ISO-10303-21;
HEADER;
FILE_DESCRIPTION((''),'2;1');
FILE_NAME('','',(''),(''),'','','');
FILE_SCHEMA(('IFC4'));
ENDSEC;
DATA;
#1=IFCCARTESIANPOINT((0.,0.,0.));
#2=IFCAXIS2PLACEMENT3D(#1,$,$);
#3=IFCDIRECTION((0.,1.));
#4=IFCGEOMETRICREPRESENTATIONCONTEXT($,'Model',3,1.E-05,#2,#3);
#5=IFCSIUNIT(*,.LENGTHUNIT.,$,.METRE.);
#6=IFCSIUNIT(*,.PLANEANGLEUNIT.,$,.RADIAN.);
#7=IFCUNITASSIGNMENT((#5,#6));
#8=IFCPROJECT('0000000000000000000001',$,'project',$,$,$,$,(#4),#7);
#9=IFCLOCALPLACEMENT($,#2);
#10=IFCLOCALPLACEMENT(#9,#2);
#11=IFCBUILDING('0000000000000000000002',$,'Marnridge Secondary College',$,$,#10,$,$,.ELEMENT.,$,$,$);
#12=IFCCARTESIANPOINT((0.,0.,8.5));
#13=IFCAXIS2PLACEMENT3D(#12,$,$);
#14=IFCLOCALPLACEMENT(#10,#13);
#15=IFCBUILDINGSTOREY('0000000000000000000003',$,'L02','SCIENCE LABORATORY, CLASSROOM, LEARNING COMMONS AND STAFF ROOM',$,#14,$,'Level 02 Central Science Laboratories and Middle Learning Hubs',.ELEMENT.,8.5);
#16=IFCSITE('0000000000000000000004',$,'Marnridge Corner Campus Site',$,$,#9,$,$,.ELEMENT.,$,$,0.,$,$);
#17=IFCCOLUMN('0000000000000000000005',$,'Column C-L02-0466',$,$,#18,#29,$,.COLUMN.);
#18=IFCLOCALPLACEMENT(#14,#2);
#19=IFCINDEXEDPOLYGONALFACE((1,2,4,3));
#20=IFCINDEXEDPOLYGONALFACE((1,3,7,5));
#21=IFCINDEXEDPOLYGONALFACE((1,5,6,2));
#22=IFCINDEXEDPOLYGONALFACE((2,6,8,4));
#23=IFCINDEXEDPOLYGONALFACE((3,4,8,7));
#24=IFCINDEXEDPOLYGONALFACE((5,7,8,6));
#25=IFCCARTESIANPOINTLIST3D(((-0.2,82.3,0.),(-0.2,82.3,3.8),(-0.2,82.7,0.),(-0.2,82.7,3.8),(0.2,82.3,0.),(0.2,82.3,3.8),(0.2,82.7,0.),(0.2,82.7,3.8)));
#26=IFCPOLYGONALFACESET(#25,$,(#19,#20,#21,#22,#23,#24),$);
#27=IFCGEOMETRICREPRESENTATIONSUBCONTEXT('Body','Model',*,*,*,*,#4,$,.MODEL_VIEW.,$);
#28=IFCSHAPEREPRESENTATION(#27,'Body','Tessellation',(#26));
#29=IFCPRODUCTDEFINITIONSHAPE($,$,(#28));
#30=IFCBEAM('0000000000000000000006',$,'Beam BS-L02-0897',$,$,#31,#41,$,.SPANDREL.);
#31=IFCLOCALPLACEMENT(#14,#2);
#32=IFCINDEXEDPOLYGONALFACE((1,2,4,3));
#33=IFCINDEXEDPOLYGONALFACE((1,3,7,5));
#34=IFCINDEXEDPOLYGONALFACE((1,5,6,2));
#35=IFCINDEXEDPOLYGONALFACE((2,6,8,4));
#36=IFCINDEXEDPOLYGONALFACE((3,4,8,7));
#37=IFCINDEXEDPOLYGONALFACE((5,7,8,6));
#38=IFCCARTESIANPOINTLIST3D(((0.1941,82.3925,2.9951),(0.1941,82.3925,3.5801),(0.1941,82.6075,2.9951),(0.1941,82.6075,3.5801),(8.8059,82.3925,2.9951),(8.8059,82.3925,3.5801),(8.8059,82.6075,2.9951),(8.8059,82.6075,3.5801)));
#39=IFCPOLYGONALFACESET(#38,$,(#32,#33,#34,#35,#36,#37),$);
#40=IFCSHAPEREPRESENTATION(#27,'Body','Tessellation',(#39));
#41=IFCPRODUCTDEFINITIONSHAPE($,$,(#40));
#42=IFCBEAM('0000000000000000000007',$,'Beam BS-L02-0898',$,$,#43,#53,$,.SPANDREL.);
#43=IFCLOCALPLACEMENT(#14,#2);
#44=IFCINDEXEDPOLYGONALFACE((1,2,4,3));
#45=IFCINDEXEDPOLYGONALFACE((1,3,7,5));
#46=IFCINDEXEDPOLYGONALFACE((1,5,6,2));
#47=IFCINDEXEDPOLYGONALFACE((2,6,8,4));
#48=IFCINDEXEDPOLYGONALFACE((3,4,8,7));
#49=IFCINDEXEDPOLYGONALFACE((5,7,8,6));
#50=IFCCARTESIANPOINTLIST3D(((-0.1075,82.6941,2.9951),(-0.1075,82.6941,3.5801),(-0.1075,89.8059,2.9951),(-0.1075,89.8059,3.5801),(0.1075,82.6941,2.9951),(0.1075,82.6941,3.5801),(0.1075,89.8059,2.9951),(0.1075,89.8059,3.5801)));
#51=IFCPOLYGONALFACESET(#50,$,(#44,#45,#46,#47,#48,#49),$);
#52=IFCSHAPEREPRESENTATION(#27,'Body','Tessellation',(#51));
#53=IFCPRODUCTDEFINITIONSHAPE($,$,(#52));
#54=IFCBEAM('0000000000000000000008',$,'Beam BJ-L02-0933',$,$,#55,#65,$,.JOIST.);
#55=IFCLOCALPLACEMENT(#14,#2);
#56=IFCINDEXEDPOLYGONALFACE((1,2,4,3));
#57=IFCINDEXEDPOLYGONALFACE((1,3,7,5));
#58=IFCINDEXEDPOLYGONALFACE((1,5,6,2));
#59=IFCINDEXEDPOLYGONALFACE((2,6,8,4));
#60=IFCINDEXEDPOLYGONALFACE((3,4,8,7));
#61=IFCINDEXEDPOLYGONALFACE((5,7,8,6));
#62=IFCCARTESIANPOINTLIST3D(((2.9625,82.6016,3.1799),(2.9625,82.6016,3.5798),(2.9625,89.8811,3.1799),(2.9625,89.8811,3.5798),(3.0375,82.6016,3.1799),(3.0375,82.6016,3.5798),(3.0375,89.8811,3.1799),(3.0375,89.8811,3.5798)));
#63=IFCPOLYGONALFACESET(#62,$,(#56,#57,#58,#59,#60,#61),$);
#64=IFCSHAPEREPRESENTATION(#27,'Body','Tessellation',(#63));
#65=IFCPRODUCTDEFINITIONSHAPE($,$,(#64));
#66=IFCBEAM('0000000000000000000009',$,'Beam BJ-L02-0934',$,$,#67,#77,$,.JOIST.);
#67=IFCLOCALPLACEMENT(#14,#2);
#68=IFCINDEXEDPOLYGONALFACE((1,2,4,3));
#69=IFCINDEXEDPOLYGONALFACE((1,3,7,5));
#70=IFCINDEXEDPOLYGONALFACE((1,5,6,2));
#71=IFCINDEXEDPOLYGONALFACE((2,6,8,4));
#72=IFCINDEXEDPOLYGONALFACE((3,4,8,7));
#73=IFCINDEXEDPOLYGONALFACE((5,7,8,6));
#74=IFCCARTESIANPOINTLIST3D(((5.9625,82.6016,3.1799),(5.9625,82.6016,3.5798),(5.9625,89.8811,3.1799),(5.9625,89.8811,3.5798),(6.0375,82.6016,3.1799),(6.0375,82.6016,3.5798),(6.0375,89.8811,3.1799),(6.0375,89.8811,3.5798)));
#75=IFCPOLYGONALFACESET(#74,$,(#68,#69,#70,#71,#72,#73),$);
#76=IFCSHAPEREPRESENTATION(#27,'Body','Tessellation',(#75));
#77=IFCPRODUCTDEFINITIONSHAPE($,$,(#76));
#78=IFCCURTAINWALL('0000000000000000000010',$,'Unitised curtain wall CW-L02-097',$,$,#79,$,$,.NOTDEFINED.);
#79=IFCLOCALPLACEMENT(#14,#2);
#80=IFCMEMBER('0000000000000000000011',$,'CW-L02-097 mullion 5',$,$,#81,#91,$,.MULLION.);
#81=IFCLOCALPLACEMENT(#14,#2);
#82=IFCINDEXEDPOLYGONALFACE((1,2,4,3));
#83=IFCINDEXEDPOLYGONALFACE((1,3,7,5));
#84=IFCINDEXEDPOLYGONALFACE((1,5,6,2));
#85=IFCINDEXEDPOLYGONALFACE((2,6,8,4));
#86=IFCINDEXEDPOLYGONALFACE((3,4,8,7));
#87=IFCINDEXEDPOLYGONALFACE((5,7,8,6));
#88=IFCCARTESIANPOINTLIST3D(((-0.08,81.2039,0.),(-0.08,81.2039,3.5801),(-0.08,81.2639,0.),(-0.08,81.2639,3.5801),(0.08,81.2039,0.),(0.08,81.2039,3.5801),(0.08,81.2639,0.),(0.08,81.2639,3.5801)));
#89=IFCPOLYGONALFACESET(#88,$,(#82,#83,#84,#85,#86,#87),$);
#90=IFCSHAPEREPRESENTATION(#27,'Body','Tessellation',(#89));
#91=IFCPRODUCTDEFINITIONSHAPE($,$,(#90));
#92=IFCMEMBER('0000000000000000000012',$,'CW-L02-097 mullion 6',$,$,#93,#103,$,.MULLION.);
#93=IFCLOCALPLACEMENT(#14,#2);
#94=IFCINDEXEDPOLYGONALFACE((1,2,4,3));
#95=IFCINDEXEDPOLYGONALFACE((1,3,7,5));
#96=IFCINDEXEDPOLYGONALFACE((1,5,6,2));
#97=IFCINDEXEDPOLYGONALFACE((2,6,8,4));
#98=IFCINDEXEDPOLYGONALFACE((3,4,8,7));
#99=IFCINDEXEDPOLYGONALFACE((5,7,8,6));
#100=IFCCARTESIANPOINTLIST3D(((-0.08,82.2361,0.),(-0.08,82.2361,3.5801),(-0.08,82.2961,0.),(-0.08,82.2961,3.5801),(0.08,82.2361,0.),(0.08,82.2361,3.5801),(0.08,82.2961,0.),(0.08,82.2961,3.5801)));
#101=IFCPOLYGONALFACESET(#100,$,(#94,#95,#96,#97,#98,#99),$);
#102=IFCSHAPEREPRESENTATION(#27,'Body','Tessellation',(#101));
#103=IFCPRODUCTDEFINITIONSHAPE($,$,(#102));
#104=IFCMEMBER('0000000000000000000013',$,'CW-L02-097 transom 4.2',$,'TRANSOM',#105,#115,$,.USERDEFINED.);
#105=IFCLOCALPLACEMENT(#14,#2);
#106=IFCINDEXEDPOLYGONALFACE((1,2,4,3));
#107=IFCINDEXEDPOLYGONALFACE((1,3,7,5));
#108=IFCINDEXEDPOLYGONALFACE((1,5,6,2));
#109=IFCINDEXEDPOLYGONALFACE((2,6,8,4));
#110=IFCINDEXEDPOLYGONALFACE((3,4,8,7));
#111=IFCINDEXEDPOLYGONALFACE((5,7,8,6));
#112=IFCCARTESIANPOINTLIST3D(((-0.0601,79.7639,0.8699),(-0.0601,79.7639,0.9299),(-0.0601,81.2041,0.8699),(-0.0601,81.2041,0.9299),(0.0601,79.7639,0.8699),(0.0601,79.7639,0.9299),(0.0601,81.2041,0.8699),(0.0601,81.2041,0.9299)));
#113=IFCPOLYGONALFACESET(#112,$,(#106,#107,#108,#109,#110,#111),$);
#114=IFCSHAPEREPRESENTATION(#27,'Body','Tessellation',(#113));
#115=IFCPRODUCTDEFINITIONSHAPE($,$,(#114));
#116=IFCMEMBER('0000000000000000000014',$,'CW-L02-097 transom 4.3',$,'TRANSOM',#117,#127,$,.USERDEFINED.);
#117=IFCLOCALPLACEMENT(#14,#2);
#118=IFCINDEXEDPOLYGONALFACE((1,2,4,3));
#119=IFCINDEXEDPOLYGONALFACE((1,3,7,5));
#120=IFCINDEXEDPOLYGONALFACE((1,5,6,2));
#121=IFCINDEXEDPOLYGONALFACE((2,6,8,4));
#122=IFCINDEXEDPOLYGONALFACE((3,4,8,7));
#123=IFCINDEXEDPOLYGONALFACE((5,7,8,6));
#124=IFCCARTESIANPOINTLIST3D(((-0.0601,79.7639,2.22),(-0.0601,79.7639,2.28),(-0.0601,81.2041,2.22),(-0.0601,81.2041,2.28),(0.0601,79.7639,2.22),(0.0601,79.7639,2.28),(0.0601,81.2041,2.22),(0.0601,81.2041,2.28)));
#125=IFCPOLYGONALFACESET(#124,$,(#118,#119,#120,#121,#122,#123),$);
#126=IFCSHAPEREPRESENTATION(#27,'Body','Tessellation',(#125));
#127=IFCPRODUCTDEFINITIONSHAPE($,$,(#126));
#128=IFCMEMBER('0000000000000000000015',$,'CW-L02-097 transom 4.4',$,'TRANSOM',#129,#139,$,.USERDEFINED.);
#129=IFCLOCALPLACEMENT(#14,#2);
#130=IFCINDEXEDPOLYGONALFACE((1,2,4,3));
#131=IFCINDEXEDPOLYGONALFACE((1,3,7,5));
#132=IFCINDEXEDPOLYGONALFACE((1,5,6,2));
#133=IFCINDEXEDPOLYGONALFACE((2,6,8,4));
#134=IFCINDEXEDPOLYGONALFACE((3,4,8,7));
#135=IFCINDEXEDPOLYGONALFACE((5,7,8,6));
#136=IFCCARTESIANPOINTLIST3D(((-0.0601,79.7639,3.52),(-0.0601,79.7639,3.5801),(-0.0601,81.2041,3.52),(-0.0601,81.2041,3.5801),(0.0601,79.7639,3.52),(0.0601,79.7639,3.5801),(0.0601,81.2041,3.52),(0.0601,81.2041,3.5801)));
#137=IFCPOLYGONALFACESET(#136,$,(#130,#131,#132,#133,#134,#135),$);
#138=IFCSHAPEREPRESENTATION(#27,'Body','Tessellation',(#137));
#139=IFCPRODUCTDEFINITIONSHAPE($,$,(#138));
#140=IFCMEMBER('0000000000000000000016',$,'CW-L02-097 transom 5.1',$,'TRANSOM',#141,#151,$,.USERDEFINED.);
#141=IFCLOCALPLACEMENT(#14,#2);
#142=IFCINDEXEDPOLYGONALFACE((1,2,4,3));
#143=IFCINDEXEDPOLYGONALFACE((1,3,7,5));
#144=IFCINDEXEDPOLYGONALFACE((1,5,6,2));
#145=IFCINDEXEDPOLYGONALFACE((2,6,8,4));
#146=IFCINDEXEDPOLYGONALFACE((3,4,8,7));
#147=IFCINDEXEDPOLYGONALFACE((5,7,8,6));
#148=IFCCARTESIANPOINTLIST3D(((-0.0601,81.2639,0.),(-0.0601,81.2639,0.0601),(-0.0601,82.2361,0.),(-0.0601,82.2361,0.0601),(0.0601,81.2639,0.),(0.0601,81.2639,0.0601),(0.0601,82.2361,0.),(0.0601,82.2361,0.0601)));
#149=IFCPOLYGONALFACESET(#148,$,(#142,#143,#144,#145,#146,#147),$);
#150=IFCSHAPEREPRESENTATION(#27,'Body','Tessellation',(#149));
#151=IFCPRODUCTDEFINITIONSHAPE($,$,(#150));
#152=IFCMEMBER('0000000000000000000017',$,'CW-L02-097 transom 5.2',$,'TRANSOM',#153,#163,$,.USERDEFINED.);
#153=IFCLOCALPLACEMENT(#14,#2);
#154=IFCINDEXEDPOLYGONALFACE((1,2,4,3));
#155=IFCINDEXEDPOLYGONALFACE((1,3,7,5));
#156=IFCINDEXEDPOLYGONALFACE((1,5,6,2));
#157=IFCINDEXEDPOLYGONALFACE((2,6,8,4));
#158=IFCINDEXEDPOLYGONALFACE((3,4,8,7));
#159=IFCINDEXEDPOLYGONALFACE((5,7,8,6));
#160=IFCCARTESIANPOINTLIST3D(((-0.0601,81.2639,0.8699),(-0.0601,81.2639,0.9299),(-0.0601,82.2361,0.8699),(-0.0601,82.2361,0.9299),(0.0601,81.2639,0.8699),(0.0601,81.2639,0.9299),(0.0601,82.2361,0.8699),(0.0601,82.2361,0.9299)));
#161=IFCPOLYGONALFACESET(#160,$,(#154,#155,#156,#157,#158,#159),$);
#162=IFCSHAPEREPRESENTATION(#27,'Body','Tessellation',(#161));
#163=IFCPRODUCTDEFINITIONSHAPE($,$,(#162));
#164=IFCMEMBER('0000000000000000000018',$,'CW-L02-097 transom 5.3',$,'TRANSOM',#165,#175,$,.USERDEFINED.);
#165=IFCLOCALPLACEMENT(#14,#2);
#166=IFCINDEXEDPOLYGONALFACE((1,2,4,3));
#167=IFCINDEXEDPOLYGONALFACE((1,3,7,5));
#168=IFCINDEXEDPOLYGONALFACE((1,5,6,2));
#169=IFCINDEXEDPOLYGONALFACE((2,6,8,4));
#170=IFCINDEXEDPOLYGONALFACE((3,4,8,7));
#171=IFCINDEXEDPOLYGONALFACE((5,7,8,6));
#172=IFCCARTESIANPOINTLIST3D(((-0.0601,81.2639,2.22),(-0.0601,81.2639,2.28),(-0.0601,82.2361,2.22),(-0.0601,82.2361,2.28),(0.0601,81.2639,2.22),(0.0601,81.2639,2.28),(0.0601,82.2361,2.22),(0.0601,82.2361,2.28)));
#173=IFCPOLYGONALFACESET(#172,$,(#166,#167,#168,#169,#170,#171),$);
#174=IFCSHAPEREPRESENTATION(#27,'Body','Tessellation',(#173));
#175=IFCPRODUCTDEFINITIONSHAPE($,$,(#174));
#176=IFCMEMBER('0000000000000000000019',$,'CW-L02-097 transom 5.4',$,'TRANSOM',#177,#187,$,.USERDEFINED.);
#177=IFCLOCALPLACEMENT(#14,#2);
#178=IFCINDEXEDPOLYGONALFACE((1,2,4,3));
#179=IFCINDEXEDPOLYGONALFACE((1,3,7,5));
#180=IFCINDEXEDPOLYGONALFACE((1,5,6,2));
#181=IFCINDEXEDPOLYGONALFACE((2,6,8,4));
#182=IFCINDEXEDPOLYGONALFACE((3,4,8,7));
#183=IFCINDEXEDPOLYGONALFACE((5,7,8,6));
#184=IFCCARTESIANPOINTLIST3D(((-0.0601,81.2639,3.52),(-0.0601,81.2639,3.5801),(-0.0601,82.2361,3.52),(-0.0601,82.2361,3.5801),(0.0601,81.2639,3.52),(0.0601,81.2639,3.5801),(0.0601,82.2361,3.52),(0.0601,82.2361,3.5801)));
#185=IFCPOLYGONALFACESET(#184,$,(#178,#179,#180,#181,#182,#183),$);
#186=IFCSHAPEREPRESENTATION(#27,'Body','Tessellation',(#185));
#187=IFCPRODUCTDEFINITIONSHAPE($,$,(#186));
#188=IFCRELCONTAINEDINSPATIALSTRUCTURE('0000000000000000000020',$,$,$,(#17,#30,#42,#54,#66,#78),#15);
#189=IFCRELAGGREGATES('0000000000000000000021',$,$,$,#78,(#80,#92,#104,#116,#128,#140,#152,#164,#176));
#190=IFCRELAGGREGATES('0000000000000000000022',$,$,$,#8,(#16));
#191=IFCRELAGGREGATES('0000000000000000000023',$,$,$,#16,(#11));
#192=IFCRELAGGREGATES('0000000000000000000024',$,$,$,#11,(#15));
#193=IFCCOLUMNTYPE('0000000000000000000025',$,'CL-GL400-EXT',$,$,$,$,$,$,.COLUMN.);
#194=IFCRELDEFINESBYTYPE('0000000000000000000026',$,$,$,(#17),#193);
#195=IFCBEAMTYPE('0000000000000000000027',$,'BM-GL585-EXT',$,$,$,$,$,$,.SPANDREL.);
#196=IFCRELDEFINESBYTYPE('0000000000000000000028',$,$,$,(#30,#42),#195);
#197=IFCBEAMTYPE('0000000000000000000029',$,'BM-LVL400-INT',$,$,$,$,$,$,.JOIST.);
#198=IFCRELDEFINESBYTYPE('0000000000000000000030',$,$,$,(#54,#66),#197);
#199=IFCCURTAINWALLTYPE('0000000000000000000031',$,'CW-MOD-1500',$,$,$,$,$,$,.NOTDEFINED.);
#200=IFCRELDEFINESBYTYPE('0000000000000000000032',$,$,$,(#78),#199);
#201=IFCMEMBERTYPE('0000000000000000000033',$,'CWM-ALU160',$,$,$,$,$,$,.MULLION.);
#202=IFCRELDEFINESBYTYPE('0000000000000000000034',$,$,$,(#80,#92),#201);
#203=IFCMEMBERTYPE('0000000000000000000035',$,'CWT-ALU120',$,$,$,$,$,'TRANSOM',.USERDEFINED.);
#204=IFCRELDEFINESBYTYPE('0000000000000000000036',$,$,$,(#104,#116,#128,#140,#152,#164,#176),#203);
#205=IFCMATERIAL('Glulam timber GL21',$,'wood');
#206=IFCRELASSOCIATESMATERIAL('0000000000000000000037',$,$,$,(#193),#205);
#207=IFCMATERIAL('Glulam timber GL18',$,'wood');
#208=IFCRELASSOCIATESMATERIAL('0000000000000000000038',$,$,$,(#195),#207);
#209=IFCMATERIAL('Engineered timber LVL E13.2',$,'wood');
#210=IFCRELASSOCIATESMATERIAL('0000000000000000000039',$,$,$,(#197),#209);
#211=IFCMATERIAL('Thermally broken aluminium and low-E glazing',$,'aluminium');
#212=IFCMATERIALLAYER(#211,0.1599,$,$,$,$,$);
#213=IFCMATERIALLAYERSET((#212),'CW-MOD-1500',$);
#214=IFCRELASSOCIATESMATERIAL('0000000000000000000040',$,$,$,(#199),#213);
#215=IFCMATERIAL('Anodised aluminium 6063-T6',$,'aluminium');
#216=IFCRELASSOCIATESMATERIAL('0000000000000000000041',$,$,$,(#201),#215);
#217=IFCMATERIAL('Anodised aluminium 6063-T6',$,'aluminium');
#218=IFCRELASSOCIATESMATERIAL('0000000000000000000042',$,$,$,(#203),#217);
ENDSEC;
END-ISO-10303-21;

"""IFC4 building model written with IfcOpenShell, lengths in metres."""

from ifc_helpers import new_model, si_unit, direction, frame, origin, origin_2d, place, context, subcontext, project, spatial, rectangle, extrude, material, layer, layer_set, material_profile, profile_set, type_object, element, aggregate, save


model = new_model("IFC4")

# Units and contexts
model_context = context("Model", 3, precision=1e-05, world=origin(), true_north=direction((0.0, 1.0)))
body_context = subcontext(model_context, "Body", "Model", "MODEL_VIEW")
ifc_project = project(units=[si_unit("LENGTHUNIT", "METRE"), si_unit("PLANEANGLEUNIT", "RADIAN")], contexts=[model_context])

# Site, building, storey
site_placement = place(None, origin())
site = spatial("IfcSite", under=ifc_project, at=site_placement, Name="Marnridge Corner Campus Site", CompositionType="ELEMENT", RefElevation=0.0)
building_placement = place(site_placement, origin())
building = spatial("IfcBuilding", under=site, at=building_placement, Name="Marnridge Secondary College", CompositionType="ELEMENT")
storey_placement = place(building_placement, frame((0.0, 0.0, 8.5)))
storey = spatial("IfcBuildingStorey", under=building, at=storey_placement, Name="L02", Description="SCIENCE LABORATORY, CLASSROOM, LEARNING COMMONS AND STAFF ROOM", LongName="Level 02 Central Science Laboratories and Middle Learning Hubs", CompositionType="ELEMENT", Elevation=8.5)

# Column
ifc_material_1 = material(Name="Glulam timber GL21", Category="wood")
ifc_material_profile_1 = material_profile(ifc_material_1, rectangle(XDim=0.3999, YDim=0.3999, at=origin_2d()), Name="GL21 400x400")
ifc_profile_set_1 = profile_set([ifc_material_profile_1], Name="Glulam timber GL21")
column_type = type_object("IfcColumnType", Name="CL-GL400-EXT", PredefinedType="COLUMN", material=ifc_profile_set_1)
column_placement = place(storey_placement, frame((0.0, 82.5, 0.0), z_axis=(0.0, 0.0, 1.0), x_axis=(1.0, 0.0, 0.0)))
element("IfcColumn", 1, at=column_placement, inside=storey, type_object=column_type, Name="Column C-L02-0466", PredefinedType="COLUMN", context=body_context, shape_type="SweptSolid", body=[
    extrude(rectangle(XDim=0.3999, YDim=0.3999, at=origin_2d()), origin(), (0.0, 0.0, 1.0), 3.8),
])

# Beams
ifc_material_2 = material(Name="Glulam timber GL18", Category="wood")
ifc_material_profile_2 = material_profile(ifc_material_2, rectangle(XDim=0.2151, YDim=0.585, at=origin_2d()), Name="GL18 215x585")
ifc_profile_set_2 = profile_set([ifc_material_profile_2], Name="Glulam timber GL18")
beam_type_1 = type_object("IfcBeamType", Name="BM-GL585-EXT", PredefinedType="SPANDREL", material=ifc_profile_set_2)
beam_1_placement = place(storey_placement, frame((0.1941, 82.5, 3.2876), z_axis=(1.0, 0.0, 0.0), x_axis=(0.0, 1.0, 0.0)))
element("IfcBeam", 2, at=beam_1_placement, inside=storey, type_object=beam_type_1, Name="Beam BS-L02-0897", PredefinedType="SPANDREL", context=body_context, shape_type="SweptSolid", body=[
    extrude(rectangle(XDim=0.2151, YDim=0.585, at=origin_2d()), origin(), (0.0, 0.0, 1.0), 8.6118),
])
beam_2_placement = place(storey_placement, frame((0.0, 82.6941, 3.2876), z_axis=(0.0, 1.0, 0.0), x_axis=(-1.0, 0.0, 0.0)))
element("IfcBeam", 3, at=beam_2_placement, inside=storey, type_object=beam_type_1, Name="Beam BS-L02-0898", PredefinedType="SPANDREL", context=body_context, shape_type="SweptSolid", body=[
    extrude(rectangle(XDim=0.2151, YDim=0.585, at=origin_2d()), origin(), (0.0, 0.0, 1.0), 7.1118),
])
ifc_material_3 = material(Name="Engineered timber LVL E13.2", Category="wood")
ifc_material_profile_3 = material_profile(ifc_material_3, rectangle(XDim=0.075, YDim=0.3999, at=origin_2d()), Name="LVL 75x400")
ifc_profile_set_3 = profile_set([ifc_material_profile_3], Name="Engineered timber LVL E13.2")
beam_type_2 = type_object("IfcBeamType", Name="BM-LVL400-INT", PredefinedType="JOIST", material=ifc_profile_set_3)
for number, where, z_axis, x_axis, name in (
    (4, (3.0, 82.6016, 3.3799), (0.0, 1.0, 0.0), (-1.0, 0.0, 0.0), "Beam BJ-L02-0933"),
    (5, (6.0, 82.6016, 3.3799), (0.0, 1.0, 0.0), (-1.0, 0.0, 0.0), "Beam BJ-L02-0934"),
):
    element("IfcBeam", number, at=place(storey_placement, frame(where, z_axis=z_axis, x_axis=x_axis)), inside=storey, type_object=beam_type_2, Name=name, PredefinedType="JOIST", context=body_context, shape_type="SweptSolid", body=[
        extrude(rectangle(XDim=0.075, YDim=0.3999, at=origin_2d()), origin(), (0.0, 0.0, 1.0), 7.2795),
    ])

# Curtain wall, members
ifc_material_4 = material(Name="Thermally broken aluminium and low-E glazing", Category="aluminium")
ifc_layer_1 = layer(ifc_material_4, 0.1599)
ifc_layer_set_1 = layer_set([ifc_layer_1], Name="CW-MOD-1500")
curtain_wall_type = type_object("IfcCurtainWallType", Name="CW-MOD-1500", PredefinedType="NOTDEFINED", material=ifc_layer_set_1)
curtain_wall_placement = place(storey_placement, origin())
curtain_wall = element("IfcCurtainWall", 6, at=curtain_wall_placement, inside=storey, type_object=curtain_wall_type, Name="Unitised curtain wall CW-L02-097", PredefinedType="NOTDEFINED")
ifc_material_5 = material(Name="Anodised aluminium 6063-T6", Category="aluminium")
ifc_material_profile_4 = material_profile(ifc_material_5, rectangle(XDim=0.0601, YDim=0.1599, at=origin_2d()), Name="ALU 60x160")
ifc_profile_set_4 = profile_set([ifc_material_profile_4], Name="Anodised aluminium 6063-T6")
member_type_1 = type_object("IfcMemberType", Name="CWM-ALU160", PredefinedType="MULLION", material=ifc_profile_set_4)
member_1_placement = place(storey_placement, frame((0.0, 81.2339, 0.0), z_axis=(0.0, 0.0, 1.0), x_axis=(0.0, 1.0, 0.0)))
member_1 = element("IfcMember", 7, at=member_1_placement, type_object=member_type_1, Name="CW-L02-097 mullion 5", PredefinedType="MULLION", context=body_context, shape_type="SweptSolid", body=[
    extrude(rectangle(XDim=0.0601, YDim=0.1599, at=origin_2d()), origin(), (0.0, 0.0, 1.0), 3.5801),
])
member_2_placement = place(storey_placement, frame((0.0, 82.2661, 0.0), z_axis=(0.0, 0.0, 1.0), x_axis=(0.0, 1.0, 0.0)))
member_2 = element("IfcMember", 8, at=member_2_placement, type_object=member_type_1, Name="CW-L02-097 mullion 6", PredefinedType="MULLION", context=body_context, shape_type="SweptSolid", body=[
    extrude(rectangle(XDim=0.0601, YDim=0.1599, at=origin_2d()), origin(), (0.0, 0.0, 1.0), 3.5801),
])
ifc_material_6 = material(Name="Anodised aluminium 6063-T6", Category="aluminium")
ifc_material_profile_5 = material_profile(ifc_material_6, rectangle(XDim=0.0601, YDim=0.1201, at=origin_2d()), Name="ALU 60x120")
ifc_profile_set_5 = profile_set([ifc_material_profile_5], Name="Anodised aluminium 6063-T6")
member_type_2 = type_object("IfcMemberType", Name="CWT-ALU120", ElementType="TRANSOM", PredefinedType="USERDEFINED", material=ifc_profile_set_5)
member_3_placement = place(storey_placement, frame((0.0, 79.7639, 0.8999), z_axis=(0.0, 1.0, 0.0), x_axis=(0.0, 0.0, 1.0)))
member_3 = element("IfcMember", 9, at=member_3_placement, type_object=member_type_2, Name="CW-L02-097 transom 4.2", ObjectType="TRANSOM", PredefinedType="USERDEFINED", context=body_context, shape_type="SweptSolid", body=[
    extrude(rectangle(XDim=0.0601, YDim=0.1201, at=origin_2d()), origin(), (0.0, 0.0, 1.0), 1.4402),
])
member_4_placement = place(storey_placement, frame((0.0, 79.7639, 2.25), z_axis=(0.0, 1.0, 0.0), x_axis=(0.0, 0.0, 1.0)))
member_4 = element("IfcMember", 10, at=member_4_placement, type_object=member_type_2, Name="CW-L02-097 transom 4.3", ObjectType="TRANSOM", PredefinedType="USERDEFINED", context=body_context, shape_type="SweptSolid", body=[
    extrude(rectangle(XDim=0.0601, YDim=0.1201, at=origin_2d()), origin(), (0.0, 0.0, 1.0), 1.4402),
])
member_5_placement = place(storey_placement, frame((0.0, 79.7639, 3.55), z_axis=(0.0, 1.0, 0.0), x_axis=(0.0, 0.0, 1.0)))
member_5 = element("IfcMember", 11, at=member_5_placement, type_object=member_type_2, Name="CW-L02-097 transom 4.4", ObjectType="TRANSOM", PredefinedType="USERDEFINED", context=body_context, shape_type="SweptSolid", body=[
    extrude(rectangle(XDim=0.0601, YDim=0.1201, at=origin_2d()), origin(), (0.0, 0.0, 1.0), 1.4402),
])
member_6_placement = place(storey_placement, frame((0.0, 81.2639, 0.03), z_axis=(0.0, 1.0, 0.0), x_axis=(0.0, 0.0, 1.0)))
member_6 = element("IfcMember", 12, at=member_6_placement, type_object=member_type_2, Name="CW-L02-097 transom 5.1", ObjectType="TRANSOM", PredefinedType="USERDEFINED", context=body_context, shape_type="SweptSolid", body=[
    extrude(rectangle(XDim=0.0601, YDim=0.1201, at=origin_2d()), origin(), (0.0, 0.0, 1.0), 0.9722),
])
member_7_placement = place(storey_placement, frame((0.0, 81.2639, 0.8999), z_axis=(0.0, 1.0, 0.0), x_axis=(0.0, 0.0, 1.0)))
member_7 = element("IfcMember", 13, at=member_7_placement, type_object=member_type_2, Name="CW-L02-097 transom 5.2", ObjectType="TRANSOM", PredefinedType="USERDEFINED", context=body_context, shape_type="SweptSolid", body=[
    extrude(rectangle(XDim=0.0601, YDim=0.1201, at=origin_2d()), origin(), (0.0, 0.0, 1.0), 0.9722),
])
member_8_placement = place(storey_placement, frame((0.0, 81.2639, 2.25), z_axis=(0.0, 1.0, 0.0), x_axis=(0.0, 0.0, 1.0)))
member_8 = element("IfcMember", 14, at=member_8_placement, type_object=member_type_2, Name="CW-L02-097 transom 5.3", ObjectType="TRANSOM", PredefinedType="USERDEFINED", context=body_context, shape_type="SweptSolid", body=[
    extrude(rectangle(XDim=0.0601, YDim=0.1201, at=origin_2d()), origin(), (0.0, 0.0, 1.0), 0.9722),
])
member_9_placement = place(storey_placement, frame((0.0, 81.2639, 3.55), z_axis=(0.0, 1.0, 0.0), x_axis=(0.0, 0.0, 1.0)))
member_9 = element("IfcMember", 15, at=member_9_placement, type_object=member_type_2, Name="CW-L02-097 transom 5.4", ObjectType="TRANSOM", PredefinedType="USERDEFINED", context=body_context, shape_type="SweptSolid", body=[
    extrude(rectangle(XDim=0.0601, YDim=0.1201, at=origin_2d()), origin(), (0.0, 0.0, 1.0), 0.9722),
])
aggregate(curtain_wall, [member_1, member_2, member_3, member_4, member_5, member_6, member_7, member_8, member_9])

save(model, "model.ifc")
